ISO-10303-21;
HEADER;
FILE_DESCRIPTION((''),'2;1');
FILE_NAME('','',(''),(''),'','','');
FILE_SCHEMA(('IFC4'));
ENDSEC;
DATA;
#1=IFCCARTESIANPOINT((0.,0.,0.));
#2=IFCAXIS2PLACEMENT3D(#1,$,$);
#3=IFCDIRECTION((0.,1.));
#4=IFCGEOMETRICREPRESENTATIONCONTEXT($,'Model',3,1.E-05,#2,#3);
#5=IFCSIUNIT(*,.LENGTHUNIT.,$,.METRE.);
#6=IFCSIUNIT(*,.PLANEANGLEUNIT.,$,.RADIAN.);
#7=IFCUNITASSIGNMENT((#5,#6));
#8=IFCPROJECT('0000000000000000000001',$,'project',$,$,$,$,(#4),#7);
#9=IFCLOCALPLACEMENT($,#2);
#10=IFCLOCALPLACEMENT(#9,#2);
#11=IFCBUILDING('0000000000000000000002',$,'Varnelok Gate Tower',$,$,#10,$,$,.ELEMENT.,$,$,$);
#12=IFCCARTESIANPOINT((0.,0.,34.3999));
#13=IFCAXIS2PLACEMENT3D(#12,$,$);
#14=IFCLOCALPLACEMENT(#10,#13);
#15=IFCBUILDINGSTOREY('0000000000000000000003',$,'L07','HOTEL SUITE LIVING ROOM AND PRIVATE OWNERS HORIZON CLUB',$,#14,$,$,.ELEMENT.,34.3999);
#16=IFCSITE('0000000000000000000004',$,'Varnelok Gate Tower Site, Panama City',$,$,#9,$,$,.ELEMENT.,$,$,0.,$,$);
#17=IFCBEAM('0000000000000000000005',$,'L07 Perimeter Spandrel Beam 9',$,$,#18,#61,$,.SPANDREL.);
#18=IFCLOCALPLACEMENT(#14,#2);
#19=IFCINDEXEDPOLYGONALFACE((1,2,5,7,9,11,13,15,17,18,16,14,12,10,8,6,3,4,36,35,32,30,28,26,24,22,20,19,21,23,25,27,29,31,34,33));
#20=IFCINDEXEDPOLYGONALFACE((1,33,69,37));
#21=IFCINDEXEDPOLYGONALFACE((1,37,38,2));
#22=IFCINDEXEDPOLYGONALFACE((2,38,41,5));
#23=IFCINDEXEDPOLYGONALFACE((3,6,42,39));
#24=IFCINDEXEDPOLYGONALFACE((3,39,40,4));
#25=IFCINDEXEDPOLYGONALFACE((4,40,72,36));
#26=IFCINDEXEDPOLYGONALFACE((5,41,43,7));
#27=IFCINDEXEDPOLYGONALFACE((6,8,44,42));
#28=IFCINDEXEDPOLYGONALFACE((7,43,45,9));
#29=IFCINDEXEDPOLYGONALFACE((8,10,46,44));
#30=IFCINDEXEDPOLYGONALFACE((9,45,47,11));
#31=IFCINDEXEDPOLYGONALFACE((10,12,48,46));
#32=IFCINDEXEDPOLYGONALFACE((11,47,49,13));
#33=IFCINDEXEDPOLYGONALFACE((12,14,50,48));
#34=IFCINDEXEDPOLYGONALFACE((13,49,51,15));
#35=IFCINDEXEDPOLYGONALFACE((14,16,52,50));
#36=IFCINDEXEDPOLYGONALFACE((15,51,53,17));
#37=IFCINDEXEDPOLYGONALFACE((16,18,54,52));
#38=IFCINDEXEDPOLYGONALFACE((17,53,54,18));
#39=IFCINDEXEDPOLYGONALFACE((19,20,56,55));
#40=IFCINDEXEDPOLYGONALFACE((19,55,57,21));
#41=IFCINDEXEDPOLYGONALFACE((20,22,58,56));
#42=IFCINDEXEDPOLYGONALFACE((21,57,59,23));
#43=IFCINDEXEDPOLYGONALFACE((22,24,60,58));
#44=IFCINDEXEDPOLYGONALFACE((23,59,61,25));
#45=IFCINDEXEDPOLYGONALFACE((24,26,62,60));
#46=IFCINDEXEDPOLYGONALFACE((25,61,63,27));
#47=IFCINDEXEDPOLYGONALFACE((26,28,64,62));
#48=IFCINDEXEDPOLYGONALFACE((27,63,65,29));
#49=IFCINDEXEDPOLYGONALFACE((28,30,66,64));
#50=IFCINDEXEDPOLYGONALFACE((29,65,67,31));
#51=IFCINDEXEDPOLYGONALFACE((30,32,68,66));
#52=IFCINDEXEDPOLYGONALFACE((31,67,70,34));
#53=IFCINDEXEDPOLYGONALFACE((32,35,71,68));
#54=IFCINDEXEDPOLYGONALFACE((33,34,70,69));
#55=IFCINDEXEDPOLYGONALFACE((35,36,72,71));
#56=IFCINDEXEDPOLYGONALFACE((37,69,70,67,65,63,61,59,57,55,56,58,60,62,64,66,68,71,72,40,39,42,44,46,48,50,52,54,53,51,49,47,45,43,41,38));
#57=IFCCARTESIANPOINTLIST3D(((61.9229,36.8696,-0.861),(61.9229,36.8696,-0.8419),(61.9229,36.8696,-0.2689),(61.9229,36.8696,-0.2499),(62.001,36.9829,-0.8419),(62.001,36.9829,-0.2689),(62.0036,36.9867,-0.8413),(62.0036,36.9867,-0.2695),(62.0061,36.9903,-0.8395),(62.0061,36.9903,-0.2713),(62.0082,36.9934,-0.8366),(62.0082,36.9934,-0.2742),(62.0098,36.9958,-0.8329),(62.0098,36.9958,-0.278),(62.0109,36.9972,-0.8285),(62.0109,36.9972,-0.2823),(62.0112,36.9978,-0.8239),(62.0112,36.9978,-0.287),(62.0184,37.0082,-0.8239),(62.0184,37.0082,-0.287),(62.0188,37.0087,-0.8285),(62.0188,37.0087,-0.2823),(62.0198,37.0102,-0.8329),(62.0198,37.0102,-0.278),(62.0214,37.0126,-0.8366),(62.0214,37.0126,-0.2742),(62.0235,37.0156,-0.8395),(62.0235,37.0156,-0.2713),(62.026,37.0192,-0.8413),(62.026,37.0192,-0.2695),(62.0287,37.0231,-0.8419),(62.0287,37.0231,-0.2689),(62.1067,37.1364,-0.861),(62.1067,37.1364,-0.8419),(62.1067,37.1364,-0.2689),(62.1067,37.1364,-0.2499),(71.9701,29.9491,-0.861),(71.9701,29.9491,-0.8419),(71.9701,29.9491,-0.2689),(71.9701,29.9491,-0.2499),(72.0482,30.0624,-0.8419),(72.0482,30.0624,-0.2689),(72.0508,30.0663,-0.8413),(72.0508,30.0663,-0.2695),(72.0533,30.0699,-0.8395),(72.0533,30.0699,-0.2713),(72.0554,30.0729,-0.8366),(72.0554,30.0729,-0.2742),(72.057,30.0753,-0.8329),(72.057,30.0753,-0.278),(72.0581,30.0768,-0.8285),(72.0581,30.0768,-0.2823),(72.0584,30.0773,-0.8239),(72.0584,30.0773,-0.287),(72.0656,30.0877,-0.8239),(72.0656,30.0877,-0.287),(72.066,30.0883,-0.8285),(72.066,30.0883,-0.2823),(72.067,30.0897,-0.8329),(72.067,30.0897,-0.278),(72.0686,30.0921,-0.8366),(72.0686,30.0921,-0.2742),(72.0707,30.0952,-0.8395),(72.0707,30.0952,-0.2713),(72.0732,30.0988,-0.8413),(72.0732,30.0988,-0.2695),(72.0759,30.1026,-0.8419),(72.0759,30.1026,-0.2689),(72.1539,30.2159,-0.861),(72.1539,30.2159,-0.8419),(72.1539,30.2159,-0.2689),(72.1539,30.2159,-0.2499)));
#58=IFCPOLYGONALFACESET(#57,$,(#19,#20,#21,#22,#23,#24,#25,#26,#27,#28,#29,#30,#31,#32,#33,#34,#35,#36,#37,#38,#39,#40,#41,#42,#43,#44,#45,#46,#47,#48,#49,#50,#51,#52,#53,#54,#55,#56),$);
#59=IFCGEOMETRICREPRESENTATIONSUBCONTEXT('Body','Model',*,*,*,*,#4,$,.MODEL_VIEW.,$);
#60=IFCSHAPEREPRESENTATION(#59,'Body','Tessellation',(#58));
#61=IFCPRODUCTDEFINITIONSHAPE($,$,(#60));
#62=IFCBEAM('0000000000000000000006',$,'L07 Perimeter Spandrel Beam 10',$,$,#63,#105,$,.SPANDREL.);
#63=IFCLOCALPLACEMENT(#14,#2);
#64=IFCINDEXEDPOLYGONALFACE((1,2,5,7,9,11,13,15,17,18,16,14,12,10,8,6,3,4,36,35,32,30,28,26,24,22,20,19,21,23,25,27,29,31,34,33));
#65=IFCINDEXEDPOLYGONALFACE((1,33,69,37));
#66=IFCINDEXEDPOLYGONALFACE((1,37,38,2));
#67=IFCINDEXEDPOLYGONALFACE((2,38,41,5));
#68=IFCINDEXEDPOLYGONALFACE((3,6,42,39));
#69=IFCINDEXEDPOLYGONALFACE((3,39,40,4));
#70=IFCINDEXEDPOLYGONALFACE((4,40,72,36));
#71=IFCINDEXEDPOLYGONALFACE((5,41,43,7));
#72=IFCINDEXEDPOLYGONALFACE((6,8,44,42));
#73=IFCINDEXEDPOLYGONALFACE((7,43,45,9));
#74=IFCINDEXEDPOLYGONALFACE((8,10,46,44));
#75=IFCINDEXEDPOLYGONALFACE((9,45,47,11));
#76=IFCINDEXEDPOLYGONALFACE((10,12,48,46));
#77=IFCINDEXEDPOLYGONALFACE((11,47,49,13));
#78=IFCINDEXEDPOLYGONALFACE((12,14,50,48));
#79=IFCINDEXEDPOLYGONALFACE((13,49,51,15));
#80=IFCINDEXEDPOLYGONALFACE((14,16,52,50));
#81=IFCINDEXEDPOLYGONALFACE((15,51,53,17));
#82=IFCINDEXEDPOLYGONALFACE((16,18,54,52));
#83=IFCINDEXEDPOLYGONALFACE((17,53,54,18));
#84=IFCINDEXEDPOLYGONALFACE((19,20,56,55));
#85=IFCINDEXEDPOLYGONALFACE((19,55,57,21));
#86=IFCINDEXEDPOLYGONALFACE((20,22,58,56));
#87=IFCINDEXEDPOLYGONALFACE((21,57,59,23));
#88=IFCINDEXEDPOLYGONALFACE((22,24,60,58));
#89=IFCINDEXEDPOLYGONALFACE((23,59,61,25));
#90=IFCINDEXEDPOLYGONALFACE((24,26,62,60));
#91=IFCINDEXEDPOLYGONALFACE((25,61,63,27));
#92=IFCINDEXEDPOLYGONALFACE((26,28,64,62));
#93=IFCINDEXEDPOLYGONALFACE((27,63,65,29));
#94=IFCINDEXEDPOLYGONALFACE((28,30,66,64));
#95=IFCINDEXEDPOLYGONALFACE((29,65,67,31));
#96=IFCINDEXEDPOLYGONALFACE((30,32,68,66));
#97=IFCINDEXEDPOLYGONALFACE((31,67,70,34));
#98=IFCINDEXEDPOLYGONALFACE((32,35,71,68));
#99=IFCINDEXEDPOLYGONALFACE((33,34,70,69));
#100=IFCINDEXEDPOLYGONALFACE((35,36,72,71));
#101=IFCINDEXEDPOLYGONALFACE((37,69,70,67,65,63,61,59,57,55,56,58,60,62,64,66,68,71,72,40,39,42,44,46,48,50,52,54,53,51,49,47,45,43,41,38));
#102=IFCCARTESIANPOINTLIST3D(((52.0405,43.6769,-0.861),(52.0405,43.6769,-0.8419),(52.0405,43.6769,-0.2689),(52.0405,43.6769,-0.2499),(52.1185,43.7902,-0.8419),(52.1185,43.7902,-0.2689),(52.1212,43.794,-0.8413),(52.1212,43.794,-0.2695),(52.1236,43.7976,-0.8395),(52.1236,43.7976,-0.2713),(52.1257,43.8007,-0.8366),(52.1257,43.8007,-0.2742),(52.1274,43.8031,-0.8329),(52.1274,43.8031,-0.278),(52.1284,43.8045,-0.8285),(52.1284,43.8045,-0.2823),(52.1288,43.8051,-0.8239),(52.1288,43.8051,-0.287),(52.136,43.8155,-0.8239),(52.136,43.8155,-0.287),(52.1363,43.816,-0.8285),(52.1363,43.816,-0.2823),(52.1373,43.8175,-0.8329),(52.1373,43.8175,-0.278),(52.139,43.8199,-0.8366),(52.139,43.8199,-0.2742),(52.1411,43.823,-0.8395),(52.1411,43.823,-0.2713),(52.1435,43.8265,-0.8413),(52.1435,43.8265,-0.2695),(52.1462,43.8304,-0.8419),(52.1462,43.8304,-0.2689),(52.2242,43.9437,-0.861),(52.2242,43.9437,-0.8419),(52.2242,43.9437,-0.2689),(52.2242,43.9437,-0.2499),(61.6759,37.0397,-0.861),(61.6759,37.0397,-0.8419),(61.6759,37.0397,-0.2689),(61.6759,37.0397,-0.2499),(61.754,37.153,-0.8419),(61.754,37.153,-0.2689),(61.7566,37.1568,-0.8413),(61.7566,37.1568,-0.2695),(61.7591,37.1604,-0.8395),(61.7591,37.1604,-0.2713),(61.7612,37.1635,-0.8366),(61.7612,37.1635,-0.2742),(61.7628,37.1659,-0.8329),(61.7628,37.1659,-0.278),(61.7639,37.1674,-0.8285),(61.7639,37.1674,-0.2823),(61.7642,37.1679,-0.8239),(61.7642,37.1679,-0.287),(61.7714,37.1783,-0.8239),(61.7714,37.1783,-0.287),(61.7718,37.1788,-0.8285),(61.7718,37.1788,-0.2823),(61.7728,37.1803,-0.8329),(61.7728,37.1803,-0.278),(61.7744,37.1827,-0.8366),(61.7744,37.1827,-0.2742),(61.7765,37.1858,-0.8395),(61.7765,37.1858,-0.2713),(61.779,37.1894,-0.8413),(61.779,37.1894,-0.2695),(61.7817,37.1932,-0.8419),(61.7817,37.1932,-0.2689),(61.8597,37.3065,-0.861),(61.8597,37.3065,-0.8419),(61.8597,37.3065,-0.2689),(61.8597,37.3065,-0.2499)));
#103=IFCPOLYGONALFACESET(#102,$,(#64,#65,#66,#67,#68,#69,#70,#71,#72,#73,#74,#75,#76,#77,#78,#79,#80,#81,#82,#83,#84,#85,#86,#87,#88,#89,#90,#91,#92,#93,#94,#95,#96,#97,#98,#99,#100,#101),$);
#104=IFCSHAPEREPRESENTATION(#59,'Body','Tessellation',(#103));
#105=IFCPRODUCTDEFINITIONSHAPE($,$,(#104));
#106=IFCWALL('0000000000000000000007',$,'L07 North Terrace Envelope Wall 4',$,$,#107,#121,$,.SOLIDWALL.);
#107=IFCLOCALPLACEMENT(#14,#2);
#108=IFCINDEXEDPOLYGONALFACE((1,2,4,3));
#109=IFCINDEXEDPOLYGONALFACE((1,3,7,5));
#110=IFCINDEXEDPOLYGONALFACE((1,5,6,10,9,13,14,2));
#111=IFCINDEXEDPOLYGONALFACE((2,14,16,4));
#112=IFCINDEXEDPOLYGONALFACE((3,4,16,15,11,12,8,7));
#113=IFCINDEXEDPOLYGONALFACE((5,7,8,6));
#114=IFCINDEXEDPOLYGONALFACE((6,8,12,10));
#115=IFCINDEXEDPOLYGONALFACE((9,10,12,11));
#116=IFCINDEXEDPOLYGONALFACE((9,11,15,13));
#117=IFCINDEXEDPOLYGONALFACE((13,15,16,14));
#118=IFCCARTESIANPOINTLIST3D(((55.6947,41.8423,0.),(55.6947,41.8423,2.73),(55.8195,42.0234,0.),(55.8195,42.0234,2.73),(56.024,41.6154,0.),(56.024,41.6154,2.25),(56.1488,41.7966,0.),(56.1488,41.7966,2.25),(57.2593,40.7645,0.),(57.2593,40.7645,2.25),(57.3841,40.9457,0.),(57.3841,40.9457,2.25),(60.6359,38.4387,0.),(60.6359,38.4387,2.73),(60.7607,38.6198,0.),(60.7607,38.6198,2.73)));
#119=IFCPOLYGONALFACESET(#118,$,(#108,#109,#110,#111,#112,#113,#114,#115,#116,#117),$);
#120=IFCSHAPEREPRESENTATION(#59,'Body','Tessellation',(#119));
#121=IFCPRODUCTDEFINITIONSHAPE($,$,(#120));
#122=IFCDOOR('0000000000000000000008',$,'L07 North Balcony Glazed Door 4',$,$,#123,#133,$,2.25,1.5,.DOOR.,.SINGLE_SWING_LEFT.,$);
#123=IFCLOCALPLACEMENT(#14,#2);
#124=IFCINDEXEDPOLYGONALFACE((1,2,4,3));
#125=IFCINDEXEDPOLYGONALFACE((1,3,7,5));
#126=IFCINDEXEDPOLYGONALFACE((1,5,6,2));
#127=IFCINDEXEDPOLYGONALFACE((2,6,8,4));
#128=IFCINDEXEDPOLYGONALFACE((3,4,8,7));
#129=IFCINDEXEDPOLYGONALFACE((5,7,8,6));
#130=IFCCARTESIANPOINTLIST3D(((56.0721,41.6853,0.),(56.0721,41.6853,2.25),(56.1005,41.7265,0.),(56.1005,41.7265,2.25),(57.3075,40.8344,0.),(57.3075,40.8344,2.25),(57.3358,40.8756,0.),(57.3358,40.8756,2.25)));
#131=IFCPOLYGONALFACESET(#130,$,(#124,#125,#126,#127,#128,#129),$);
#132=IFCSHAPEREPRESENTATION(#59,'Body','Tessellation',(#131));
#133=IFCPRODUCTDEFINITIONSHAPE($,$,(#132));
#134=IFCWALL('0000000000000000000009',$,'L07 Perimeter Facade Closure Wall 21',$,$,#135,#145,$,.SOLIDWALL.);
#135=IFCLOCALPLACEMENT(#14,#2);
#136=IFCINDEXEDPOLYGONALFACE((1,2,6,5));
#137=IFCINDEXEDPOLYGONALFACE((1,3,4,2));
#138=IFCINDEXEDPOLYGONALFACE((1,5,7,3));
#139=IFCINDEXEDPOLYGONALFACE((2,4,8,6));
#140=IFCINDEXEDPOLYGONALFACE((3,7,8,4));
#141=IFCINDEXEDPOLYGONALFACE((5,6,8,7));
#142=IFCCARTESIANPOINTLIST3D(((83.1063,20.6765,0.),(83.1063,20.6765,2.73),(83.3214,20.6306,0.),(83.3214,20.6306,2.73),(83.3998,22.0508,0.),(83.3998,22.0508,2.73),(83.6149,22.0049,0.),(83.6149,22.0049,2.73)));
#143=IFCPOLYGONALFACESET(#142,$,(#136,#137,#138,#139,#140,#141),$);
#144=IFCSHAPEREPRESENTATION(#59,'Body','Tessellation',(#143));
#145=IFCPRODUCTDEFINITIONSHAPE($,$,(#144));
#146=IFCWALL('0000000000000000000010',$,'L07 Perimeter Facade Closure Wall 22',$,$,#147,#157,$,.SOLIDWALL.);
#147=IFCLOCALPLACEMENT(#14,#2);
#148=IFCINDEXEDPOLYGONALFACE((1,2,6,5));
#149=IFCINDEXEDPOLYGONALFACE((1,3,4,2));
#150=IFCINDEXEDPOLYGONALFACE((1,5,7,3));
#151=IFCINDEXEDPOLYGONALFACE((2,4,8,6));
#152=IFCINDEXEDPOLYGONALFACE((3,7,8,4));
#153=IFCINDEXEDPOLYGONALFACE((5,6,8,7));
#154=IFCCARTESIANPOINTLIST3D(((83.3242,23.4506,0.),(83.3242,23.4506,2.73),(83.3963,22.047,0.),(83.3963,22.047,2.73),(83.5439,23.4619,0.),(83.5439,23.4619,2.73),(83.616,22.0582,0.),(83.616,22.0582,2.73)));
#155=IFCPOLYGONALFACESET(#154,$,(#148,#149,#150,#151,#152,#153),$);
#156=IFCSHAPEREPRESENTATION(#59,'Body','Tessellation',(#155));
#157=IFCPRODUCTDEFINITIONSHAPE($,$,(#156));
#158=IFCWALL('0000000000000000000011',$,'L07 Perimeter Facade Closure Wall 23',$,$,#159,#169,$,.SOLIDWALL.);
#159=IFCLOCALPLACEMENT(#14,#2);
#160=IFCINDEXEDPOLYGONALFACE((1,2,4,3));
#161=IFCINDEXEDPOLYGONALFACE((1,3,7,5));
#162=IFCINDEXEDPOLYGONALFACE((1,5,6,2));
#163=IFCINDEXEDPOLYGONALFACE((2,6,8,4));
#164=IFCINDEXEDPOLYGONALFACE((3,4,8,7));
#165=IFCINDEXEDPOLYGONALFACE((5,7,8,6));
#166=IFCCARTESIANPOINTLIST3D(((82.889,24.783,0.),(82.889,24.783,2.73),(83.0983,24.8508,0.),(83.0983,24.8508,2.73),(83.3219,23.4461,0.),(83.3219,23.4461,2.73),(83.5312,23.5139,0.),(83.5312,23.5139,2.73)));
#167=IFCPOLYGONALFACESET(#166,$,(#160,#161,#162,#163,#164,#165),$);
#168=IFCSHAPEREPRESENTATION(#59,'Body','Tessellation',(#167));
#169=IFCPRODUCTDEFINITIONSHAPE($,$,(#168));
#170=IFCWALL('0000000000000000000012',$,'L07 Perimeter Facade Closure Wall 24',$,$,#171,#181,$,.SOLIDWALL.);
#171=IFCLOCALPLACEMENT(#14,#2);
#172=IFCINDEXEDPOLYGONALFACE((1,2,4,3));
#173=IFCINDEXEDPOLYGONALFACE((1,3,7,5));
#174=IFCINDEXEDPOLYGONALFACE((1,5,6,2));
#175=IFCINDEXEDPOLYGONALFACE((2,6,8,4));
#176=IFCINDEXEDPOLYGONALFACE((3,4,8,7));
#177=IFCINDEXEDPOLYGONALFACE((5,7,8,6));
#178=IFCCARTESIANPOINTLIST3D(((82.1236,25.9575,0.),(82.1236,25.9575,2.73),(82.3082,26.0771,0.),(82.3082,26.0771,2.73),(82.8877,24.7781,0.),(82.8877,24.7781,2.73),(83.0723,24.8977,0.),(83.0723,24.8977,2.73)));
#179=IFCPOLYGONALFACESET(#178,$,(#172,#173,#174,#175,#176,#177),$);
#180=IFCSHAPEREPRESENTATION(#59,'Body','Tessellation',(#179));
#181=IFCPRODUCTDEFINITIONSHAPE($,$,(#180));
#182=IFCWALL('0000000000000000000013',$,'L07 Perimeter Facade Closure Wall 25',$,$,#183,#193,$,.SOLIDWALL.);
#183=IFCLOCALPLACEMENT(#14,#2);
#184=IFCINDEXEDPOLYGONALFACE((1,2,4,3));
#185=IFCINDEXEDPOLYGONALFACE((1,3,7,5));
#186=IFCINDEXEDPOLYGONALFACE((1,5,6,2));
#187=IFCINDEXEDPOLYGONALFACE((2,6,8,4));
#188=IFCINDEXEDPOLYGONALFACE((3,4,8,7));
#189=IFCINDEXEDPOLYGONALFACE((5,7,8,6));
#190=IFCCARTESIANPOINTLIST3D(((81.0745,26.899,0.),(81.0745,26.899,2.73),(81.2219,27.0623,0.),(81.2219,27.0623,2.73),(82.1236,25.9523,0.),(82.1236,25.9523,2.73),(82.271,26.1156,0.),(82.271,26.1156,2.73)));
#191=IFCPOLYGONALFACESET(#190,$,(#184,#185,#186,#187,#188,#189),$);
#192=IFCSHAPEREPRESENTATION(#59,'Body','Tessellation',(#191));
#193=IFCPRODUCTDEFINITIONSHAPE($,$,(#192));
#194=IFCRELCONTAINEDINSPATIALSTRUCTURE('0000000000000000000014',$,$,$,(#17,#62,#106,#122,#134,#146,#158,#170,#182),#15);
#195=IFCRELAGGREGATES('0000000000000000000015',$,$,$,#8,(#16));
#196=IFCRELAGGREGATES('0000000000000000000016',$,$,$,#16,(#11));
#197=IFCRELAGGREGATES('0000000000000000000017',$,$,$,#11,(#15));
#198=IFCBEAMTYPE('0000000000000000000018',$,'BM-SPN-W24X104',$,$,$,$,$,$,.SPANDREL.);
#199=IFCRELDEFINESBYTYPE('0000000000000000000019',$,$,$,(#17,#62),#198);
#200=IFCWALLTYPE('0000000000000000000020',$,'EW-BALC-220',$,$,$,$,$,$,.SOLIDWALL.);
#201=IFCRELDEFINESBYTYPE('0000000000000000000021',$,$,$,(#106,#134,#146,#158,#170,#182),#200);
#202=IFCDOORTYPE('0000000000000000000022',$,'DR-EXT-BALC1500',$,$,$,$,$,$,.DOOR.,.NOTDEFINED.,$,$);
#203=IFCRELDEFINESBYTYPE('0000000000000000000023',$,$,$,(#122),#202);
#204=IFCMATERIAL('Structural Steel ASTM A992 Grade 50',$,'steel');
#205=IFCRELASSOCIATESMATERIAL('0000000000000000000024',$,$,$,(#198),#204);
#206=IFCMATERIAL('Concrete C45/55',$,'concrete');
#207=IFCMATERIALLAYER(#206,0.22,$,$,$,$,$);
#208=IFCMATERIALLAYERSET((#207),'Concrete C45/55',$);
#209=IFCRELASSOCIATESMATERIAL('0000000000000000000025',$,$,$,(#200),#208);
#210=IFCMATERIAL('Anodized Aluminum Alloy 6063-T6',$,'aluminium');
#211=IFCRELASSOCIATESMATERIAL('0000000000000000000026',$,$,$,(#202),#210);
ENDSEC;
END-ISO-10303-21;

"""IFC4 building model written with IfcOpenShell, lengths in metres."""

from ifc_helpers import new_model, si_unit, direction, frame, frame_2d, origin, origin_2d, place, context, subcontext, project, spatial, rectangle, i_section, extrude, material, layer, layer_set, material_profile, profile_set, type_object, element, fill, save


model = new_model("IFC4")

# Units and contexts
model_context = context("Model", 3, precision=1e-05, world=origin(), true_north=direction((0.0, 1.0)))
body_context = subcontext(model_context, "Body", "Model", "MODEL_VIEW")
ifc_project = project(units=[si_unit("LENGTHUNIT", "METRE"), si_unit("PLANEANGLEUNIT", "RADIAN")], contexts=[model_context])

# Site, building, storey
site_placement = place(None, origin())
site = spatial("IfcSite", under=ifc_project, at=site_placement, Name="Varnelok Gate Tower Site, Panama City", CompositionType="ELEMENT", RefElevation=0.0)
building_placement = place(site_placement, origin())
building = spatial("IfcBuilding", under=site, at=building_placement, Name="Varnelok Gate Tower", CompositionType="ELEMENT")
storey_placement = place(building_placement, frame((0.0, 0.0, 34.3999)))
storey = spatial("IfcBuildingStorey", under=building, at=storey_placement, Name="L07", Description="HOTEL SUITE LIVING ROOM AND PRIVATE OWNERS HORIZON CLUB", CompositionType="ELEMENT", Elevation=34.3999)

# Shared definitions
ifc_material_1 = material(Name="Structural Steel ASTM A992 Grade 50", Category="steel")

# Beams
ifc_material_profile_1 = material_profile(ifc_material_1, i_section(OverallWidth=0.324, OverallDepth=0.6111, WebThickness=0.0127, FlangeThickness=0.019, FilletRadius=0.0181, at=origin_2d()), Name="W24X104")
ifc_profile_set_1 = profile_set([ifc_material_profile_1], Name="Structural Steel ASTM A992 Grade 50")
beam_type_1 = type_object("IfcBeamType", Name="BM-SPN-W24X104", PredefinedType="SPANDREL", material=ifc_profile_set_1)
beam_1_placement = place(storey_placement, frame((72.062, 30.0825, -0.5554), z_axis=(-0.823544, 0.567253, 0.0), x_axis=(-0.567253, -0.823544, 0.0)))
element("IfcBeam", 1, at=beam_1_placement, inside=storey, type_object=beam_type_1, Name="L07 Perimeter Spandrel Beam 9", PredefinedType="SPANDREL", context=body_context, shape_type="SweptSolid", body=[
    extrude(i_section(OverallWidth=0.324, OverallDepth=0.6111, WebThickness=0.0127, FlangeThickness=0.019, FilletRadius=0.0181, at=origin_2d()), origin(), (0.0, 0.0, 1.0), 12.2),
])
beam_2_placement = place(storey_placement, frame((61.7678, 37.1731, -0.5554), z_axis=(-0.823531, 0.567272, 0.0), x_axis=(-0.567272, -0.823531, 0.0)))
element("IfcBeam", 2, at=beam_2_placement, inside=storey, type_object=beam_type_1, Name="L07 Perimeter Spandrel Beam 10", PredefinedType="SPANDREL", context=body_context, shape_type="SweptSolid", body=[
    extrude(i_section(OverallWidth=0.324, OverallDepth=0.6111, WebThickness=0.0127, FlangeThickness=0.019, FilletRadius=0.0181, at=origin_2d()), origin(), (0.0, 0.0, 1.0), 11.7002),
])

# Wall, opening, door
ifc_material_2 = material(Name="Concrete C45/55", Category="concrete")
ifc_layer_1 = layer(ifc_material_2, 0.22)
ifc_layer_set_1 = layer_set([ifc_layer_1], Name="Concrete C45/55")
wall_type_1 = type_object("IfcWallType", Name="EW-BALC-220", PredefinedType="SOLIDWALL", material=ifc_layer_set_1)
wall_1_placement = place(storey_placement, frame((55.7571, 41.9329, 0.0), z_axis=(0.0, 0.0, 1.0), x_axis=(0.823535, -0.567266, 0.0)))
wall_1 = element("IfcWall", 3, at=wall_1_placement, inside=storey, type_object=wall_type_1, Name="L07 North Terrace Envelope Wall 4", PredefinedType="SOLIDWALL", context=body_context, shape_type="SweptSolid", body=[
    extrude(rectangle(XDim=6.0, YDim=0.22, at=frame_2d((3.0, 0.0))), origin(), (0.0, 0.0, 1.0), 2.73),
])
opening_1_placement = place(wall_1_placement, frame((0.3999, 0.0, 0.0)))
opening_1 = element("IfcOpeningElement", 4, at=opening_1_placement, cuts=wall_1, PredefinedType="OPENING", context=body_context, shape_type="SweptSolid", body=[
    extrude(rectangle(XDim=1.5, YDim=2.25, at=frame_2d((0.75, 1.125))), frame((0.0, 0.1199, 0.0), z_axis=(0.0, -1.0, 0.0), x_axis=(1.0, 0.0, 0.0)), (0.0, 0.0, 1.0), 0.24),
])
ifc_material_3 = material(Name="Anodized Aluminum Alloy 6063-T6", Category="aluminium")
door_type = type_object("IfcDoorType", Name="DR-EXT-BALC1500", OperationType="NOTDEFINED", PredefinedType="DOOR", material=ifc_material_3)
door_placement = place(opening_1_placement, origin())
door = element("IfcDoor", 5, at=door_placement, inside=storey, type_object=door_type, Name="L07 North Balcony Glazed Door 4", OperationType="SINGLE_SWING_LEFT", OverallHeight=2.25, OverallWidth=1.5, PredefinedType="DOOR", context=body_context, shape_type="SweptSolid", body=[
    extrude(rectangle(XDim=1.5, YDim=2.25, at=frame_2d((0.75, 1.125))), frame((0.0, 0.0249, 0.0), z_axis=(0.0, -1.0, 0.0), x_axis=(1.0, 0.0, 0.0)), (0.0, 0.0, 1.0), 0.05),
])
fill(opening_1, door)

# Walls
wall_2_placement = place(storey_placement, frame((83.2139, 20.6536, 0.0), z_axis=(0.0, 0.0, 1.0), x_axis=(0.208829, 0.977952, 0.0)))
element("IfcWall", 6, at=wall_2_placement, inside=storey, type_object=wall_type_1, Name="L07 Perimeter Facade Closure Wall 21", PredefinedType="SOLIDWALL", context=body_context, shape_type="SweptSolid", body=[
    extrude(rectangle(XDim=1.4053, YDim=0.22, at=frame_2d((0.7026, 0.0))), origin(), (0.0, 0.0, 1.0), 2.73),
])
wall_3_placement = place(storey_placement, frame((83.5061, 22.0527, 0.0), z_axis=(0.0, 0.0, 1.0), x_axis=(-0.051246, 0.998686, 0.0)))
element("IfcWall", 7, at=wall_3_placement, inside=storey, type_object=wall_type_1, Name="L07 Perimeter Facade Closure Wall 22", PredefinedType="SOLIDWALL", context=body_context, shape_type="SweptSolid", body=[
    extrude(rectangle(XDim=1.4055, YDim=0.22, at=frame_2d((0.7026, 0.0))), origin(), (0.0, 0.0, 1.0), 2.73),
])
for number, where, z_axis, x_axis, name in (
    (8, (83.4265, 23.48, 0.0), (0.0, 0.0, 1.0), (-0.308033, 0.951376, 0.0), "L07 Perimeter Facade Closure Wall 23"),
    (9, (82.98, 24.8379, 0.0), (0.0, 0.0, 1.0), (-0.543748, 0.839248, 0.0), "L07 Perimeter Facade Closure Wall 24"),
):
    element("IfcWall", number, at=place(storey_placement, frame(where, z_axis=z_axis, x_axis=x_axis)), inside=storey, type_object=wall_type_1, Name=name, PredefinedType="SOLIDWALL", context=body_context, shape_type="SweptSolid", body=[
        extrude(rectangle(XDim=1.4053, YDim=0.22, at=frame_2d((0.7026, 0.0))), origin(), (0.0, 0.0, 1.0), 2.73),
    ])
wall_4_placement = place(storey_placement, frame((82.1973, 26.0339, 0.0), z_axis=(0.0, 0.0, 1.0), x_axis=(-0.742374, 0.669985, 0.0)))
element("IfcWall", 10, at=wall_4_placement, inside=storey, type_object=wall_type_1, Name="L07 Perimeter Facade Closure Wall 25", PredefinedType="SOLIDWALL", context=body_context, shape_type="SweptSolid", body=[
    extrude(rectangle(XDim=1.4131, YDim=0.22, at=frame_2d((0.7065, 0.0))), origin(), (0.0, 0.0, 1.0), 2.73),
])

save(model, "model.ifc")
